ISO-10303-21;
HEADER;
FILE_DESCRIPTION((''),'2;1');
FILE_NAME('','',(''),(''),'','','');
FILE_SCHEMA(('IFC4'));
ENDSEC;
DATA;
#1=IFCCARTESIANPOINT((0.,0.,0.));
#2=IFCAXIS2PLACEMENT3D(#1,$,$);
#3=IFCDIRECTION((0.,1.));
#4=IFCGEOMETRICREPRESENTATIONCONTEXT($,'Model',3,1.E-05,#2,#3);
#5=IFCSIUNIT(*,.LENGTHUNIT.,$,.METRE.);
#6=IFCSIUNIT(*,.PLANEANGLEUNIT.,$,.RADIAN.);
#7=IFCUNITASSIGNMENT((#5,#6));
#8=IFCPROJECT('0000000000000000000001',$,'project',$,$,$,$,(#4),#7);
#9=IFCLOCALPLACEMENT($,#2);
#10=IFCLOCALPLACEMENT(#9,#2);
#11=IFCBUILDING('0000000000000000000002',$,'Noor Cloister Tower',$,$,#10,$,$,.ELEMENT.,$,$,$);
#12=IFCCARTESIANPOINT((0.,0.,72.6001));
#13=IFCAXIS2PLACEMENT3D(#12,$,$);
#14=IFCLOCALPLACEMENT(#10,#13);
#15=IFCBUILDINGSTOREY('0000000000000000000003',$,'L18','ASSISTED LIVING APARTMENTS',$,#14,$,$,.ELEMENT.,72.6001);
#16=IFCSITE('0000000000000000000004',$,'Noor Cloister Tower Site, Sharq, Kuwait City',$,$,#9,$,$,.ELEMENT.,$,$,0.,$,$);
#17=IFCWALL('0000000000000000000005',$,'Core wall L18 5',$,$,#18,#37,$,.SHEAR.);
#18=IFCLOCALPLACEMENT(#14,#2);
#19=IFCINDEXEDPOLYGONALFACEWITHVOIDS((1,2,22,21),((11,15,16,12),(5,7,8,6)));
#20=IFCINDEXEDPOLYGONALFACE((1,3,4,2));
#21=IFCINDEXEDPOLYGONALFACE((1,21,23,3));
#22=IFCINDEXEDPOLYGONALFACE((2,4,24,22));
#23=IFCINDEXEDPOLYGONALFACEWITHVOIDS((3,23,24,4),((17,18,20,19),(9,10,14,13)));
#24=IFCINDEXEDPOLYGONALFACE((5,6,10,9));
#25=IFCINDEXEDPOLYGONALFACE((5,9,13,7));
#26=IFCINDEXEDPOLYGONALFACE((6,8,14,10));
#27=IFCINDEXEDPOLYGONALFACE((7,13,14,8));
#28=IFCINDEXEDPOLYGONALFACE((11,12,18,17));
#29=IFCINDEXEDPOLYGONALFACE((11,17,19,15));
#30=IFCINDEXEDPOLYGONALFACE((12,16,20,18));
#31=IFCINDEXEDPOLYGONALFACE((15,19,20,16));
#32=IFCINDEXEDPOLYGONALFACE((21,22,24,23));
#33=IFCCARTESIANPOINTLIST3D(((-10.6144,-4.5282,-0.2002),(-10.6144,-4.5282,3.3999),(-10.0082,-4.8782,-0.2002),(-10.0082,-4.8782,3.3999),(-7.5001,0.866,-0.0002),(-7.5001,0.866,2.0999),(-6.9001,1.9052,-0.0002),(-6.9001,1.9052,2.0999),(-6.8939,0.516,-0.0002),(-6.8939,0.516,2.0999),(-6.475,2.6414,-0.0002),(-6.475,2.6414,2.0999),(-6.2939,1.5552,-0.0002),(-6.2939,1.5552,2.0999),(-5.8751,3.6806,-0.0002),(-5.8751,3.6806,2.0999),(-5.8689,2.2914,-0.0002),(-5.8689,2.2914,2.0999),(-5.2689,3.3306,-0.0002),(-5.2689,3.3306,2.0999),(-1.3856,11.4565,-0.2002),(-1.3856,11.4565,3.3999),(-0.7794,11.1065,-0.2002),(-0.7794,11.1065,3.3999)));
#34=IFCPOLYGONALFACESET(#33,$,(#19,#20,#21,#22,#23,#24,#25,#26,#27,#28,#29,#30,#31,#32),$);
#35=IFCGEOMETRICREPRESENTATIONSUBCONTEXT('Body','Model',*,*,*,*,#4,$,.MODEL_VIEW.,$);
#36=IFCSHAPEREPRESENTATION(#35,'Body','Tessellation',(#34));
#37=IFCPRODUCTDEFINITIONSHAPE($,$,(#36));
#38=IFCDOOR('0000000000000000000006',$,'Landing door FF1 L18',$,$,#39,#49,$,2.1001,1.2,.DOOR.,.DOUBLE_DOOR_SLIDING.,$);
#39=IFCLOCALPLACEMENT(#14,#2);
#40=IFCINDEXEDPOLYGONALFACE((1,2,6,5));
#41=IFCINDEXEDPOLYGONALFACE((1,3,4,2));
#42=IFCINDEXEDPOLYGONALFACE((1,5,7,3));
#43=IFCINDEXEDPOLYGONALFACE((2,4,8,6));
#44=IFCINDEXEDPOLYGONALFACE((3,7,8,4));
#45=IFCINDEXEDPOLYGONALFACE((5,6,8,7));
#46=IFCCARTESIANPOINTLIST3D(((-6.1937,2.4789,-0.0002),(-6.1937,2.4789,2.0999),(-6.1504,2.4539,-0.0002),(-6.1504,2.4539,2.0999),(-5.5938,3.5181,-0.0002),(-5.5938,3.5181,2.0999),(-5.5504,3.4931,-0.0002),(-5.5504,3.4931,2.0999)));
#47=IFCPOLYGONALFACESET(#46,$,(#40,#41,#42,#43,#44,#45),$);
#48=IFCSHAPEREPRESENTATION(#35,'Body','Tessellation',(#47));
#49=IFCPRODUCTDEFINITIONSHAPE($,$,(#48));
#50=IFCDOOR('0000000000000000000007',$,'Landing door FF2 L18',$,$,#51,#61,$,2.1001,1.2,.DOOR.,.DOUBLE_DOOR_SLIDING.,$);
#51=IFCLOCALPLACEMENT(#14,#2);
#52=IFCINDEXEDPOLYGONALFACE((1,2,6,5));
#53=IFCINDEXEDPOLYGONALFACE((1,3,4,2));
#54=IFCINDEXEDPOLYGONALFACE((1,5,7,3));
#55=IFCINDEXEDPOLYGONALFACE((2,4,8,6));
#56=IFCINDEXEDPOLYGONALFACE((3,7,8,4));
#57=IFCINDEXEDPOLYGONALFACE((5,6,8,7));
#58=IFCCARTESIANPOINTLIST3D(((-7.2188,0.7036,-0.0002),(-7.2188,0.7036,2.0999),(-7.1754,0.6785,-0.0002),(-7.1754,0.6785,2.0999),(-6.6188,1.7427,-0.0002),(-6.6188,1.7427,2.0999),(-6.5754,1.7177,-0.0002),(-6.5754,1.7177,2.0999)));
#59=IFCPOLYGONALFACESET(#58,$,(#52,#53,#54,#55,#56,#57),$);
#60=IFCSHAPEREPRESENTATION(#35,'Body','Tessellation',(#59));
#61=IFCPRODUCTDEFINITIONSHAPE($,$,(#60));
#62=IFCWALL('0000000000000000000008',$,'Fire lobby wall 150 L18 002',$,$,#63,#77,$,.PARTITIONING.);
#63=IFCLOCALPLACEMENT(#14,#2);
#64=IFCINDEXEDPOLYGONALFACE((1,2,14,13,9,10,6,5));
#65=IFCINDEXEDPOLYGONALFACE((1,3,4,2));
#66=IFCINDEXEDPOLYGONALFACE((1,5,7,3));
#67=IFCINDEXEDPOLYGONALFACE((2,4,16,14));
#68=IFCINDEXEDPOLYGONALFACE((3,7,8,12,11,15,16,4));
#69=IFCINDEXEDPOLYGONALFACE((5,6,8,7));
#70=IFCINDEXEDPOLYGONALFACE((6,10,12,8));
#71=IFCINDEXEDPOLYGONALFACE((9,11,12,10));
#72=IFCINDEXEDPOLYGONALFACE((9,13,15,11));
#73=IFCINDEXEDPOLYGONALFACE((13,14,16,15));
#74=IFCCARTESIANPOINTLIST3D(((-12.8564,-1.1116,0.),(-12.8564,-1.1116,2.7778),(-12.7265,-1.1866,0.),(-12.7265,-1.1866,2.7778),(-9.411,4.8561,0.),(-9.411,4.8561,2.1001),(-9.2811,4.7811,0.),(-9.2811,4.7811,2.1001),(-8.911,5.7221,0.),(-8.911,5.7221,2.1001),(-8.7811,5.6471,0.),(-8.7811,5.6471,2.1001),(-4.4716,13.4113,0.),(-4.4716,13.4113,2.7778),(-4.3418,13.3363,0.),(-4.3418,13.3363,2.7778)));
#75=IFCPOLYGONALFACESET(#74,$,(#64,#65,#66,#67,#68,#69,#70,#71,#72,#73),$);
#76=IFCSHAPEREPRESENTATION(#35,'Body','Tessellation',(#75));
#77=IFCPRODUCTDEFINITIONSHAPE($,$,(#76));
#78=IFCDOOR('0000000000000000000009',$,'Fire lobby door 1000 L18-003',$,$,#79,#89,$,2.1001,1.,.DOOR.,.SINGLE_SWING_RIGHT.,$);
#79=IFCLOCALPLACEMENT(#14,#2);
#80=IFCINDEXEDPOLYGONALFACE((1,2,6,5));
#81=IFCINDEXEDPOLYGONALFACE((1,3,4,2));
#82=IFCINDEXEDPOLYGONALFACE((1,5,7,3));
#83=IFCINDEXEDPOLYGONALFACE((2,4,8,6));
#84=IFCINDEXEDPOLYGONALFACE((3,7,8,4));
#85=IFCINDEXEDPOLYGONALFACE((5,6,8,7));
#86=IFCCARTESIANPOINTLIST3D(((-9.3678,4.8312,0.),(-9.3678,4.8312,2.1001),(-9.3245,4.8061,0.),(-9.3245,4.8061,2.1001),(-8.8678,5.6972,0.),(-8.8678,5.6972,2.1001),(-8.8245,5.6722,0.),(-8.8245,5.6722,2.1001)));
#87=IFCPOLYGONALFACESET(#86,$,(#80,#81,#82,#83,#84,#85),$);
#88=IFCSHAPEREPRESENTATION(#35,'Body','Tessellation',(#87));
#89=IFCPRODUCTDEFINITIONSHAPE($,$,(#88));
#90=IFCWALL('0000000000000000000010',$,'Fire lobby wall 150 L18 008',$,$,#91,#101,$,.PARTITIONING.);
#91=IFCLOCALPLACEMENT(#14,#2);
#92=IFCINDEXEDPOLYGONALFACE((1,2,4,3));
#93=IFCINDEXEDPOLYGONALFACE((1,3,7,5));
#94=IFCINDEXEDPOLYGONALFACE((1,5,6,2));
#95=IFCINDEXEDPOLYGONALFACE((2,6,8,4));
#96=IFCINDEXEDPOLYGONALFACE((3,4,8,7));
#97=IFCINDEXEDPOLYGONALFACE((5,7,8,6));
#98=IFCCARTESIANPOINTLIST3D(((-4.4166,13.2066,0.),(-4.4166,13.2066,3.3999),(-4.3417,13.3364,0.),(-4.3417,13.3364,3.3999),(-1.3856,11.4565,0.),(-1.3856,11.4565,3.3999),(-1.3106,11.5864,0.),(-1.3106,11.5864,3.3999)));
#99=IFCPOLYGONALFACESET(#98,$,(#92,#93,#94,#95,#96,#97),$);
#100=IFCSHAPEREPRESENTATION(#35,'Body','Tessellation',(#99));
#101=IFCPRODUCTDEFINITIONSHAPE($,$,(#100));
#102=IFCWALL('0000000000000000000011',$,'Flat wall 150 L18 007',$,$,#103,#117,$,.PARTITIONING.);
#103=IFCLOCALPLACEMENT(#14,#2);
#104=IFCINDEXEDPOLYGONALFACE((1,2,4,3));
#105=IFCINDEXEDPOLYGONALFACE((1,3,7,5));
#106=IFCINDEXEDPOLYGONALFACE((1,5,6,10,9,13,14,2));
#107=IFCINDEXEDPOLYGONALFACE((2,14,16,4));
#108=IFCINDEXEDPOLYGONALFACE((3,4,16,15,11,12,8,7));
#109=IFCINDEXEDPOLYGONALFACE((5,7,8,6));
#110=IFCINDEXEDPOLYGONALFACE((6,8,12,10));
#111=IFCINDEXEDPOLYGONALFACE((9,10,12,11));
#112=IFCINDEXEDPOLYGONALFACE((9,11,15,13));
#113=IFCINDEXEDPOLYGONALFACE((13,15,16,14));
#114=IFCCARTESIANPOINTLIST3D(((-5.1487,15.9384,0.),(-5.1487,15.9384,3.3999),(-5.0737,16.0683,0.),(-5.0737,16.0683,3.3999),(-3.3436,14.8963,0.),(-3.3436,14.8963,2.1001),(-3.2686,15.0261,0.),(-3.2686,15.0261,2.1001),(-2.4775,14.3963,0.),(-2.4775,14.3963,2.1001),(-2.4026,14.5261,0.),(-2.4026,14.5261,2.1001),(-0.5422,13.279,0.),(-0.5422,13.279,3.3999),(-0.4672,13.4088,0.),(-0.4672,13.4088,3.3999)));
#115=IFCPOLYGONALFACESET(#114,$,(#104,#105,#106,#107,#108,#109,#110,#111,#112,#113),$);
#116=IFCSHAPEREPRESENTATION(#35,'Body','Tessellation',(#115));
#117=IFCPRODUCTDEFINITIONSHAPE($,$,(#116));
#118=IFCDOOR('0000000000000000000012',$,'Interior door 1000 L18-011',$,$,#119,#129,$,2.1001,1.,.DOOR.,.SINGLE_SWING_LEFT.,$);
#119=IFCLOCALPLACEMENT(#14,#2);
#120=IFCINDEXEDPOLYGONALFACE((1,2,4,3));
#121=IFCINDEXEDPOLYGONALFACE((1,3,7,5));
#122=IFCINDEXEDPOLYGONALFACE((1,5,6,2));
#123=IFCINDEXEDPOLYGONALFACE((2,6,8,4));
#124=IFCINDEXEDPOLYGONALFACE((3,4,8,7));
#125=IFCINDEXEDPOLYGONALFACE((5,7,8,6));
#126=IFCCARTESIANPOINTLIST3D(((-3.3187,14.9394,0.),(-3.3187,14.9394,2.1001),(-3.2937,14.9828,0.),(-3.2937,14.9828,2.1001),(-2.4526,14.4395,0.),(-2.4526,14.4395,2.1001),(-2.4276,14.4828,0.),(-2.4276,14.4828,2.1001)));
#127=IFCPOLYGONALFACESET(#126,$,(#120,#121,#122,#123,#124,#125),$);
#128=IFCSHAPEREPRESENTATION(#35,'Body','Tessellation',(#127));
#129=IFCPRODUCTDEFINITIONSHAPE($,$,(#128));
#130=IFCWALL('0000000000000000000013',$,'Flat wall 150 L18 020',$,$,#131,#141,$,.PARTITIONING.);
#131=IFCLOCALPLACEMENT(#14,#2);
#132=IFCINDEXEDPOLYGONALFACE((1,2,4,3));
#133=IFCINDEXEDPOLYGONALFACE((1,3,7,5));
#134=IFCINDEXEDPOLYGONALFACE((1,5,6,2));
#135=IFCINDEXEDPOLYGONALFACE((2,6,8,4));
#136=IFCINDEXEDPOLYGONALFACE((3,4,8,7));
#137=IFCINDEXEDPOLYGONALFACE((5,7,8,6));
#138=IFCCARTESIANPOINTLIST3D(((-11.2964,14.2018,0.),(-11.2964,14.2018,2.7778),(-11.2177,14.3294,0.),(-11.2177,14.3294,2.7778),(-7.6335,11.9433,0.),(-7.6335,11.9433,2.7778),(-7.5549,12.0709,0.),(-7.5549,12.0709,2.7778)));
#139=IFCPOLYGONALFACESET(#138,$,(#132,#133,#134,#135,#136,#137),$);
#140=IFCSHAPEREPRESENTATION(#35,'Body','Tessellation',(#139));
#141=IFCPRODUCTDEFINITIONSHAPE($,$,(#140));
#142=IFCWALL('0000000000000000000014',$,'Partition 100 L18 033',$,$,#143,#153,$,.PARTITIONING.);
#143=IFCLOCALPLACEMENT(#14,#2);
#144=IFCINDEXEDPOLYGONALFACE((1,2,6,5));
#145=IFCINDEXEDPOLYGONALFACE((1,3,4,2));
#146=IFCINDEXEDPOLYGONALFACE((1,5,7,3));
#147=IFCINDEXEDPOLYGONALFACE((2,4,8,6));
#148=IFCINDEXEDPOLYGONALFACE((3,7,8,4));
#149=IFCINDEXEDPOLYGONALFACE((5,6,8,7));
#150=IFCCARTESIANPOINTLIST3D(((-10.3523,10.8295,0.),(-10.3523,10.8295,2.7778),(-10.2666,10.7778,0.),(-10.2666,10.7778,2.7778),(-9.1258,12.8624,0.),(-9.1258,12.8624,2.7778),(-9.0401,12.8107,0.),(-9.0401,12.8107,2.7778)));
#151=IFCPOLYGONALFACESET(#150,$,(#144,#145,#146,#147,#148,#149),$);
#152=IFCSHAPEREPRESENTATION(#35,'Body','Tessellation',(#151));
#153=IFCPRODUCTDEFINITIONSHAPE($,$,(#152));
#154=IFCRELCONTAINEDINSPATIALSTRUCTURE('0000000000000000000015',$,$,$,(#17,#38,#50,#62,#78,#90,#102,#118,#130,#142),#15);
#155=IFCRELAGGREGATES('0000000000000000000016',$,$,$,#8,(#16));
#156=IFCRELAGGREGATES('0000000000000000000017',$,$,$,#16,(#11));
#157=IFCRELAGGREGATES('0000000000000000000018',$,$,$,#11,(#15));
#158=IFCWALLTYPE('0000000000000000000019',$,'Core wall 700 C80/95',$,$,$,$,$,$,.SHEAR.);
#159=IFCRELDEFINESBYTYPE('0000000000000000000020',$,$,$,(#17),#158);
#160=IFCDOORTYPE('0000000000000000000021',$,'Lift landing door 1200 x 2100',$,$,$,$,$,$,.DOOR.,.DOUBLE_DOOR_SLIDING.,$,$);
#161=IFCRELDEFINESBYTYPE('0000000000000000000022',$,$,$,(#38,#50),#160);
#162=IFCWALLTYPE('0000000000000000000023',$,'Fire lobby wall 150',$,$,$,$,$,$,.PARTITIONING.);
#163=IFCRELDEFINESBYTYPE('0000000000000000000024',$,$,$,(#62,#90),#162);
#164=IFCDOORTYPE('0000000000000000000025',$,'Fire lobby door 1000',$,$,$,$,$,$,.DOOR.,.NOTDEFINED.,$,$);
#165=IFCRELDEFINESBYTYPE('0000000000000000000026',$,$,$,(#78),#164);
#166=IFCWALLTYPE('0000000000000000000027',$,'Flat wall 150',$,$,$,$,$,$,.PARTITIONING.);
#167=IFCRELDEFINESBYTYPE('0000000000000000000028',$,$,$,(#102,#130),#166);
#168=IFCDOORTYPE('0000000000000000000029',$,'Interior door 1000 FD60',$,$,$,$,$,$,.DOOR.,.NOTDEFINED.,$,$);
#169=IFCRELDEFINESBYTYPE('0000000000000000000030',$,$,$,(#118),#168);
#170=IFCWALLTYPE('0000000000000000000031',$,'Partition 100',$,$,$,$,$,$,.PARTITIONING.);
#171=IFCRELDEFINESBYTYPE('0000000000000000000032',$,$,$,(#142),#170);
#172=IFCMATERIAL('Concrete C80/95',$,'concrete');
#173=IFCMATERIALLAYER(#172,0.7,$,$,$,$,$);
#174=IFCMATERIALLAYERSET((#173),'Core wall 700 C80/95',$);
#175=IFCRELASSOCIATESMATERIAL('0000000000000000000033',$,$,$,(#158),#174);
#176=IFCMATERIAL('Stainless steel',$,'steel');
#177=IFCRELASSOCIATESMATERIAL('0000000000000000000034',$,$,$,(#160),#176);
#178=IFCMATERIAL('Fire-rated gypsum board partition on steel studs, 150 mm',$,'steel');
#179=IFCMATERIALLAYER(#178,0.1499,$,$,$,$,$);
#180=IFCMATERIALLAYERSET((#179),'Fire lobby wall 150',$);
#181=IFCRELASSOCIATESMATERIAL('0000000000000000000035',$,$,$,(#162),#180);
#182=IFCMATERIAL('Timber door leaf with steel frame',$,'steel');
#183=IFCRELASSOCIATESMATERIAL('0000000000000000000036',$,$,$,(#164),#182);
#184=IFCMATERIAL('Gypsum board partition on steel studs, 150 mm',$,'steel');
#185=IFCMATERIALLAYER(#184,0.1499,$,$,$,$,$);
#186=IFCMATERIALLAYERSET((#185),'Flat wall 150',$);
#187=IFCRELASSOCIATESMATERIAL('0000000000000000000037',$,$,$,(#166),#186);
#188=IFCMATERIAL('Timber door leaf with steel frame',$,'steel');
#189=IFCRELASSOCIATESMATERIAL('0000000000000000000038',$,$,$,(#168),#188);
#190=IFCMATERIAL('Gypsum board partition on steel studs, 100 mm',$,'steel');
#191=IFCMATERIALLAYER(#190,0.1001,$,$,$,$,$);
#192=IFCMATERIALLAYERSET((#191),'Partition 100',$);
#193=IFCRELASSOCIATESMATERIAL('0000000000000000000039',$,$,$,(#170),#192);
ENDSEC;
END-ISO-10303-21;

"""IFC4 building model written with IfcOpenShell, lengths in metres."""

from ifc_helpers import new_model, si_unit, direction, frame, frame_2d, origin, place, context, subcontext, project, spatial, rectangle, extrude, material, layer, layer_set, type_object, element, fill, save


model = new_model("IFC4")

# Units and contexts
model_context = context("Model", 3, precision=1e-05, world=origin(), true_north=direction((0.0, 1.0)))
body_context = subcontext(model_context, "Body", "Model", "MODEL_VIEW")
ifc_project = project(units=[si_unit("LENGTHUNIT", "METRE"), si_unit("PLANEANGLEUNIT", "RADIAN")], contexts=[model_context])

# Site, building, storey
site_placement = place(None, origin())
site = spatial("IfcSite", under=ifc_project, at=site_placement, Name="Noor Cloister Tower Site, Sharq, Kuwait City", CompositionType="ELEMENT", RefElevation=0.0)
building_placement = place(site_placement, origin())
building = spatial("IfcBuilding", under=site, at=building_placement, Name="Noor Cloister Tower", CompositionType="ELEMENT")
storey_placement = place(building_placement, frame((0.0, 0.0, 72.6001)))
storey = spatial("IfcBuildingStorey", under=building, at=storey_placement, Name="L18", Description="ASSISTED LIVING APARTMENTS", CompositionType="ELEMENT", Elevation=72.6001)

# Wall, openings, doors
ifc_material_1 = material(Name="Concrete C80/95", Category="concrete")
ifc_layer_1 = layer(ifc_material_1, 0.7)
ifc_layer_set_1 = layer_set([ifc_layer_1], Name="Core wall 700 C80/95")
wall_type_1 = type_object("IfcWallType", Name="Core wall 700 C80/95", PredefinedType="SHEAR", material=ifc_layer_set_1)
wall_1_placement = place(storey_placement, frame((-1.0825, 11.2815, -0.2002), z_axis=(0.0, 0.0, 1.0), x_axis=(-0.500001, -0.866025, 0.0)))
wall_1 = element("IfcWall", 1, at=wall_1_placement, inside=storey, type_object=wall_type_1, Name="Core wall L18 5", PredefinedType="SHEAR", context=body_context, shape_type="SweptSolid", body=[
    extrude(rectangle(XDim=18.4575, YDim=0.7, at=frame_2d((9.2288, 0.0))), origin(), (0.0, 0.0, 1.0), 3.6001),
])
opening_1_placement = place(wall_1_placement, frame((8.9788, 0.0, 0.2)))
opening_1 = element("IfcOpeningElement", 2, at=opening_1_placement, cuts=wall_1, PredefinedType="OPENING", context=body_context, shape_type="SweptSolid", body=[
    extrude(rectangle(XDim=1.2, YDim=2.1001, at=frame_2d((0.6001, 1.05))), frame((0.0, 0.3599, 0.0), z_axis=(0.0, -1.0, 0.0), x_axis=(1.0, 0.0, 0.0)), (0.0, 0.0, 1.0), 0.72),
])
opening_2_placement = place(wall_1_placement, frame((11.0288, 0.0, 0.2)))
opening_2 = element("IfcOpeningElement", 3, at=opening_2_placement, cuts=wall_1, PredefinedType="OPENING", context=body_context, shape_type="SweptSolid", body=[
    extrude(rectangle(XDim=1.2, YDim=2.1001, at=frame_2d((0.6001, 1.05))), frame((0.0, 0.3599, 0.0), z_axis=(0.0, -1.0, 0.0), x_axis=(1.0, 0.0, 0.0)), (0.0, 0.0, 1.0), 0.72),
])
ifc_material_2 = material(Name="Stainless steel", Category="steel")
door_type_1 = type_object("IfcDoorType", Name="Lift landing door 1200 x 2100", OperationType="DOUBLE_DOOR_SLIDING", PredefinedType="DOOR", material=ifc_material_2)
door_1_placement = place(opening_1_placement, origin())
door_1 = element("IfcDoor", 4, at=door_1_placement, inside=storey, type_object=door_type_1, Name="Landing door FF1 L18", OperationType="DOUBLE_DOOR_SLIDING", OverallHeight=2.1001, OverallWidth=1.2, PredefinedType="DOOR", context=body_context, shape_type="SweptSolid", body=[
    extrude(rectangle(XDim=1.2, YDim=2.1001, at=frame_2d((0.6001, 1.05))), frame((0.0, 0.0249, 0.0), z_axis=(0.0, -1.0, 0.0), x_axis=(1.0, 0.0, 0.0)), (0.0, 0.0, 1.0), 0.05),
])
fill(opening_1, door_1)
door_2_placement = place(opening_2_placement, origin())
door_2 = element("IfcDoor", 5, at=door_2_placement, inside=storey, type_object=door_type_1, Name="Landing door FF2 L18", OperationType="DOUBLE_DOOR_SLIDING", OverallHeight=2.1001, OverallWidth=1.2, PredefinedType="DOOR", context=body_context, shape_type="SweptSolid", body=[
    extrude(rectangle(XDim=1.2, YDim=2.1001, at=frame_2d((0.6001, 1.05))), frame((0.0, 0.0249, 0.0), z_axis=(0.0, -1.0, 0.0), x_axis=(1.0, 0.0, 0.0)), (0.0, 0.0, 1.0), 0.05),
])
fill(opening_2, door_2)

# Wall, opening, door
ifc_material_3 = material(Name="Fire-rated gypsum board partition on steel studs, 150 mm", Category="steel")
ifc_layer_2 = layer(ifc_material_3, 0.1499)
ifc_layer_set_2 = layer_set([ifc_layer_2], Name="Fire lobby wall 150")
wall_type_2 = type_object("IfcWallType", Name="Fire lobby wall 150", PredefinedType="PARTITIONING", material=ifc_layer_set_2)
wall_2_placement = place(storey_placement, frame((-4.4067, 13.3738, 0.0), z_axis=(0.0, 0.0, 1.0), x_axis=(-0.499997, -0.866027, 0.0)))
wall_2 = element("IfcWall", 6, at=wall_2_placement, inside=storey, type_object=wall_type_2, Name="Fire lobby wall 150 L18 002", PredefinedType="PARTITIONING", context=body_context, shape_type="SweptSolid", body=[
    extrude(rectangle(XDim=16.7695, YDim=0.1499, at=frame_2d((8.3848, 0.0))), origin(), (0.0, 0.0, 1.0), 2.7778),
])
opening_3_placement = place(wall_2_placement, frame((8.8787, 0.0, 0.0)))
opening_3 = element("IfcOpeningElement", 7, at=opening_3_placement, cuts=wall_2, PredefinedType="OPENING", context=body_context, shape_type="SweptSolid", body=[
    extrude(rectangle(XDim=1.0, YDim=2.1001, at=frame_2d((0.5, 1.05))), frame((0.0, 0.085, 0.0), z_axis=(0.0, -1.0, 0.0), x_axis=(1.0, 0.0, 0.0)), (0.0, 0.0, 1.0), 0.1699),
])
ifc_material_4 = material(Name="Timber door leaf with steel frame", Category="steel")
door_type_2 = type_object("IfcDoorType", Name="Fire lobby door 1000", OperationType="NOTDEFINED", PredefinedType="DOOR", material=ifc_material_4)
door_3_placement = place(opening_3_placement, origin())
door_3 = element("IfcDoor", 8, at=door_3_placement, inside=storey, type_object=door_type_2, Name="Fire lobby door 1000 L18-003", OperationType="SINGLE_SWING_RIGHT", OverallHeight=2.1001, OverallWidth=1.0, PredefinedType="DOOR", context=body_context, shape_type="SweptSolid", body=[
    extrude(rectangle(XDim=1.0, YDim=2.1001, at=frame_2d((0.5, 1.05))), frame((0.0, 0.0249, 0.0), z_axis=(0.0, -1.0, 0.0), x_axis=(1.0, 0.0, 0.0)), (0.0, 0.0, 1.0), 0.05),
])
fill(opening_3, door_3)

# Wall
wall_3_placement = place(storey_placement, frame((-4.3792, 13.2715, 0.0), z_axis=(0.0, 0.0, 1.0), x_axis=(0.866019, -0.50001, 0.0)))
element("IfcWall", 9, at=wall_3_placement, inside=storey, type_object=wall_type_2, Name="Fire lobby wall 150 L18 008", PredefinedType="PARTITIONING", context=body_context, shape_type="SweptSolid", body=[
    extrude(rectangle(XDim=3.5, YDim=0.1499, at=frame_2d((1.75, 0.0))), origin(), (0.0, 0.0, 1.0), 3.3999),
])

# Wall, opening, door
ifc_material_5 = material(Name="Gypsum board partition on steel studs, 150 mm", Category="steel")
ifc_layer_3 = layer(ifc_material_5, 0.1499)
ifc_layer_set_3 = layer_set([ifc_layer_3], Name="Flat wall 150")
wall_type_3 = type_object("IfcWallType", Name="Flat wall 150", PredefinedType="PARTITIONING", material=ifc_layer_set_3)
wall_4_placement = place(storey_placement, frame((-5.1113, 16.0034, 0.0), z_axis=(0.0, 0.0, 1.0), x_axis=(0.866034, -0.499985, 0.0)))
wall_4 = element("IfcWall", 10, at=wall_4_placement, inside=storey, type_object=wall_type_3, Name="Flat wall 150 L18 007", PredefinedType="PARTITIONING", context=body_context, shape_type="SweptSolid", body=[
    extrude(rectangle(XDim=5.3191, YDim=0.1499, at=frame_2d((2.6597, 0.0))), origin(), (0.0, 0.0, 1.0), 3.3999),
])
opening_4_placement = place(wall_4_placement, frame((2.0845, 0.0, 0.0)))
opening_4 = element("IfcOpeningElement", 11, at=opening_4_placement, cuts=wall_4, PredefinedType="OPENING", context=body_context, shape_type="SweptSolid", body=[
    extrude(rectangle(XDim=1.0, YDim=2.1001, at=frame_2d((0.5, 1.05))), frame((0.0, 0.085, 0.0), z_axis=(0.0, -1.0, 0.0), x_axis=(1.0, 0.0, 0.0)), (0.0, 0.0, 1.0), 0.1699),
])
ifc_material_6 = material(Name="Timber door leaf with steel frame", Category="steel")
door_type_3 = type_object("IfcDoorType", Name="Interior door 1000 FD60", OperationType="NOTDEFINED", PredefinedType="DOOR", material=ifc_material_6)
door_4_placement = place(opening_4_placement, origin())
door_4 = element("IfcDoor", 12, at=door_4_placement, inside=storey, type_object=door_type_3, Name="Interior door 1000 L18-011", OperationType="SINGLE_SWING_LEFT", OverallHeight=2.1001, OverallWidth=1.0, PredefinedType="DOOR", context=body_context, shape_type="SweptSolid", body=[
    extrude(rectangle(XDim=1.0, YDim=2.1001, at=frame_2d((0.5, 1.05))), frame((0.0, 0.0249, 0.0), z_axis=(0.0, -1.0, 0.0), x_axis=(1.0, 0.0, 0.0)), (0.0, 0.0, 1.0), 0.05),
])
fill(opening_4, door_4)

# Walls
wall_5_placement = place(storey_placement, frame((-11.2571, 14.2656, 0.0), z_axis=(0.0, 0.0, 1.0), x_axis=(0.851192, -0.524854, 0.0)))
element("IfcWall", 13, at=wall_5_placement, inside=storey, type_object=wall_type_3, Name="Flat wall 150 L18 020", PredefinedType="PARTITIONING", context=body_context, shape_type="SweptSolid", body=[
    extrude(rectangle(XDim=4.3032, YDim=0.1499, at=frame_2d((2.1516, 0.0))), origin(), (0.0, 0.0, 1.0), 2.7778),
])
ifc_material_7 = material(Name="Gypsum board partition on steel studs, 100 mm", Category="steel")
ifc_layer_4 = layer(ifc_material_7, 0.1001)
ifc_layer_set_4 = layer_set([ifc_layer_4], Name="Partition 100")
wall_type_4 = type_object("IfcWallType", Name="Partition 100", PredefinedType="PARTITIONING", material=ifc_layer_set_4)
wall_6_placement = place(storey_placement, frame((-9.083, 12.8364, 0.0), z_axis=(0.0, 0.0, 1.0), x_axis=(-0.516596, -0.856229, 0.0)))
element("IfcWall", 14, at=wall_6_placement, inside=storey, type_object=wall_type_4, Name="Partition 100 L18 033", PredefinedType="PARTITIONING", context=body_context, shape_type="SweptSolid", body=[
    extrude(rectangle(XDim=2.3743, YDim=0.1001, at=frame_2d((1.187, 0.0))), origin(), (0.0, 0.0, 1.0), 2.7778),
])

save(model, "model.ifc")
